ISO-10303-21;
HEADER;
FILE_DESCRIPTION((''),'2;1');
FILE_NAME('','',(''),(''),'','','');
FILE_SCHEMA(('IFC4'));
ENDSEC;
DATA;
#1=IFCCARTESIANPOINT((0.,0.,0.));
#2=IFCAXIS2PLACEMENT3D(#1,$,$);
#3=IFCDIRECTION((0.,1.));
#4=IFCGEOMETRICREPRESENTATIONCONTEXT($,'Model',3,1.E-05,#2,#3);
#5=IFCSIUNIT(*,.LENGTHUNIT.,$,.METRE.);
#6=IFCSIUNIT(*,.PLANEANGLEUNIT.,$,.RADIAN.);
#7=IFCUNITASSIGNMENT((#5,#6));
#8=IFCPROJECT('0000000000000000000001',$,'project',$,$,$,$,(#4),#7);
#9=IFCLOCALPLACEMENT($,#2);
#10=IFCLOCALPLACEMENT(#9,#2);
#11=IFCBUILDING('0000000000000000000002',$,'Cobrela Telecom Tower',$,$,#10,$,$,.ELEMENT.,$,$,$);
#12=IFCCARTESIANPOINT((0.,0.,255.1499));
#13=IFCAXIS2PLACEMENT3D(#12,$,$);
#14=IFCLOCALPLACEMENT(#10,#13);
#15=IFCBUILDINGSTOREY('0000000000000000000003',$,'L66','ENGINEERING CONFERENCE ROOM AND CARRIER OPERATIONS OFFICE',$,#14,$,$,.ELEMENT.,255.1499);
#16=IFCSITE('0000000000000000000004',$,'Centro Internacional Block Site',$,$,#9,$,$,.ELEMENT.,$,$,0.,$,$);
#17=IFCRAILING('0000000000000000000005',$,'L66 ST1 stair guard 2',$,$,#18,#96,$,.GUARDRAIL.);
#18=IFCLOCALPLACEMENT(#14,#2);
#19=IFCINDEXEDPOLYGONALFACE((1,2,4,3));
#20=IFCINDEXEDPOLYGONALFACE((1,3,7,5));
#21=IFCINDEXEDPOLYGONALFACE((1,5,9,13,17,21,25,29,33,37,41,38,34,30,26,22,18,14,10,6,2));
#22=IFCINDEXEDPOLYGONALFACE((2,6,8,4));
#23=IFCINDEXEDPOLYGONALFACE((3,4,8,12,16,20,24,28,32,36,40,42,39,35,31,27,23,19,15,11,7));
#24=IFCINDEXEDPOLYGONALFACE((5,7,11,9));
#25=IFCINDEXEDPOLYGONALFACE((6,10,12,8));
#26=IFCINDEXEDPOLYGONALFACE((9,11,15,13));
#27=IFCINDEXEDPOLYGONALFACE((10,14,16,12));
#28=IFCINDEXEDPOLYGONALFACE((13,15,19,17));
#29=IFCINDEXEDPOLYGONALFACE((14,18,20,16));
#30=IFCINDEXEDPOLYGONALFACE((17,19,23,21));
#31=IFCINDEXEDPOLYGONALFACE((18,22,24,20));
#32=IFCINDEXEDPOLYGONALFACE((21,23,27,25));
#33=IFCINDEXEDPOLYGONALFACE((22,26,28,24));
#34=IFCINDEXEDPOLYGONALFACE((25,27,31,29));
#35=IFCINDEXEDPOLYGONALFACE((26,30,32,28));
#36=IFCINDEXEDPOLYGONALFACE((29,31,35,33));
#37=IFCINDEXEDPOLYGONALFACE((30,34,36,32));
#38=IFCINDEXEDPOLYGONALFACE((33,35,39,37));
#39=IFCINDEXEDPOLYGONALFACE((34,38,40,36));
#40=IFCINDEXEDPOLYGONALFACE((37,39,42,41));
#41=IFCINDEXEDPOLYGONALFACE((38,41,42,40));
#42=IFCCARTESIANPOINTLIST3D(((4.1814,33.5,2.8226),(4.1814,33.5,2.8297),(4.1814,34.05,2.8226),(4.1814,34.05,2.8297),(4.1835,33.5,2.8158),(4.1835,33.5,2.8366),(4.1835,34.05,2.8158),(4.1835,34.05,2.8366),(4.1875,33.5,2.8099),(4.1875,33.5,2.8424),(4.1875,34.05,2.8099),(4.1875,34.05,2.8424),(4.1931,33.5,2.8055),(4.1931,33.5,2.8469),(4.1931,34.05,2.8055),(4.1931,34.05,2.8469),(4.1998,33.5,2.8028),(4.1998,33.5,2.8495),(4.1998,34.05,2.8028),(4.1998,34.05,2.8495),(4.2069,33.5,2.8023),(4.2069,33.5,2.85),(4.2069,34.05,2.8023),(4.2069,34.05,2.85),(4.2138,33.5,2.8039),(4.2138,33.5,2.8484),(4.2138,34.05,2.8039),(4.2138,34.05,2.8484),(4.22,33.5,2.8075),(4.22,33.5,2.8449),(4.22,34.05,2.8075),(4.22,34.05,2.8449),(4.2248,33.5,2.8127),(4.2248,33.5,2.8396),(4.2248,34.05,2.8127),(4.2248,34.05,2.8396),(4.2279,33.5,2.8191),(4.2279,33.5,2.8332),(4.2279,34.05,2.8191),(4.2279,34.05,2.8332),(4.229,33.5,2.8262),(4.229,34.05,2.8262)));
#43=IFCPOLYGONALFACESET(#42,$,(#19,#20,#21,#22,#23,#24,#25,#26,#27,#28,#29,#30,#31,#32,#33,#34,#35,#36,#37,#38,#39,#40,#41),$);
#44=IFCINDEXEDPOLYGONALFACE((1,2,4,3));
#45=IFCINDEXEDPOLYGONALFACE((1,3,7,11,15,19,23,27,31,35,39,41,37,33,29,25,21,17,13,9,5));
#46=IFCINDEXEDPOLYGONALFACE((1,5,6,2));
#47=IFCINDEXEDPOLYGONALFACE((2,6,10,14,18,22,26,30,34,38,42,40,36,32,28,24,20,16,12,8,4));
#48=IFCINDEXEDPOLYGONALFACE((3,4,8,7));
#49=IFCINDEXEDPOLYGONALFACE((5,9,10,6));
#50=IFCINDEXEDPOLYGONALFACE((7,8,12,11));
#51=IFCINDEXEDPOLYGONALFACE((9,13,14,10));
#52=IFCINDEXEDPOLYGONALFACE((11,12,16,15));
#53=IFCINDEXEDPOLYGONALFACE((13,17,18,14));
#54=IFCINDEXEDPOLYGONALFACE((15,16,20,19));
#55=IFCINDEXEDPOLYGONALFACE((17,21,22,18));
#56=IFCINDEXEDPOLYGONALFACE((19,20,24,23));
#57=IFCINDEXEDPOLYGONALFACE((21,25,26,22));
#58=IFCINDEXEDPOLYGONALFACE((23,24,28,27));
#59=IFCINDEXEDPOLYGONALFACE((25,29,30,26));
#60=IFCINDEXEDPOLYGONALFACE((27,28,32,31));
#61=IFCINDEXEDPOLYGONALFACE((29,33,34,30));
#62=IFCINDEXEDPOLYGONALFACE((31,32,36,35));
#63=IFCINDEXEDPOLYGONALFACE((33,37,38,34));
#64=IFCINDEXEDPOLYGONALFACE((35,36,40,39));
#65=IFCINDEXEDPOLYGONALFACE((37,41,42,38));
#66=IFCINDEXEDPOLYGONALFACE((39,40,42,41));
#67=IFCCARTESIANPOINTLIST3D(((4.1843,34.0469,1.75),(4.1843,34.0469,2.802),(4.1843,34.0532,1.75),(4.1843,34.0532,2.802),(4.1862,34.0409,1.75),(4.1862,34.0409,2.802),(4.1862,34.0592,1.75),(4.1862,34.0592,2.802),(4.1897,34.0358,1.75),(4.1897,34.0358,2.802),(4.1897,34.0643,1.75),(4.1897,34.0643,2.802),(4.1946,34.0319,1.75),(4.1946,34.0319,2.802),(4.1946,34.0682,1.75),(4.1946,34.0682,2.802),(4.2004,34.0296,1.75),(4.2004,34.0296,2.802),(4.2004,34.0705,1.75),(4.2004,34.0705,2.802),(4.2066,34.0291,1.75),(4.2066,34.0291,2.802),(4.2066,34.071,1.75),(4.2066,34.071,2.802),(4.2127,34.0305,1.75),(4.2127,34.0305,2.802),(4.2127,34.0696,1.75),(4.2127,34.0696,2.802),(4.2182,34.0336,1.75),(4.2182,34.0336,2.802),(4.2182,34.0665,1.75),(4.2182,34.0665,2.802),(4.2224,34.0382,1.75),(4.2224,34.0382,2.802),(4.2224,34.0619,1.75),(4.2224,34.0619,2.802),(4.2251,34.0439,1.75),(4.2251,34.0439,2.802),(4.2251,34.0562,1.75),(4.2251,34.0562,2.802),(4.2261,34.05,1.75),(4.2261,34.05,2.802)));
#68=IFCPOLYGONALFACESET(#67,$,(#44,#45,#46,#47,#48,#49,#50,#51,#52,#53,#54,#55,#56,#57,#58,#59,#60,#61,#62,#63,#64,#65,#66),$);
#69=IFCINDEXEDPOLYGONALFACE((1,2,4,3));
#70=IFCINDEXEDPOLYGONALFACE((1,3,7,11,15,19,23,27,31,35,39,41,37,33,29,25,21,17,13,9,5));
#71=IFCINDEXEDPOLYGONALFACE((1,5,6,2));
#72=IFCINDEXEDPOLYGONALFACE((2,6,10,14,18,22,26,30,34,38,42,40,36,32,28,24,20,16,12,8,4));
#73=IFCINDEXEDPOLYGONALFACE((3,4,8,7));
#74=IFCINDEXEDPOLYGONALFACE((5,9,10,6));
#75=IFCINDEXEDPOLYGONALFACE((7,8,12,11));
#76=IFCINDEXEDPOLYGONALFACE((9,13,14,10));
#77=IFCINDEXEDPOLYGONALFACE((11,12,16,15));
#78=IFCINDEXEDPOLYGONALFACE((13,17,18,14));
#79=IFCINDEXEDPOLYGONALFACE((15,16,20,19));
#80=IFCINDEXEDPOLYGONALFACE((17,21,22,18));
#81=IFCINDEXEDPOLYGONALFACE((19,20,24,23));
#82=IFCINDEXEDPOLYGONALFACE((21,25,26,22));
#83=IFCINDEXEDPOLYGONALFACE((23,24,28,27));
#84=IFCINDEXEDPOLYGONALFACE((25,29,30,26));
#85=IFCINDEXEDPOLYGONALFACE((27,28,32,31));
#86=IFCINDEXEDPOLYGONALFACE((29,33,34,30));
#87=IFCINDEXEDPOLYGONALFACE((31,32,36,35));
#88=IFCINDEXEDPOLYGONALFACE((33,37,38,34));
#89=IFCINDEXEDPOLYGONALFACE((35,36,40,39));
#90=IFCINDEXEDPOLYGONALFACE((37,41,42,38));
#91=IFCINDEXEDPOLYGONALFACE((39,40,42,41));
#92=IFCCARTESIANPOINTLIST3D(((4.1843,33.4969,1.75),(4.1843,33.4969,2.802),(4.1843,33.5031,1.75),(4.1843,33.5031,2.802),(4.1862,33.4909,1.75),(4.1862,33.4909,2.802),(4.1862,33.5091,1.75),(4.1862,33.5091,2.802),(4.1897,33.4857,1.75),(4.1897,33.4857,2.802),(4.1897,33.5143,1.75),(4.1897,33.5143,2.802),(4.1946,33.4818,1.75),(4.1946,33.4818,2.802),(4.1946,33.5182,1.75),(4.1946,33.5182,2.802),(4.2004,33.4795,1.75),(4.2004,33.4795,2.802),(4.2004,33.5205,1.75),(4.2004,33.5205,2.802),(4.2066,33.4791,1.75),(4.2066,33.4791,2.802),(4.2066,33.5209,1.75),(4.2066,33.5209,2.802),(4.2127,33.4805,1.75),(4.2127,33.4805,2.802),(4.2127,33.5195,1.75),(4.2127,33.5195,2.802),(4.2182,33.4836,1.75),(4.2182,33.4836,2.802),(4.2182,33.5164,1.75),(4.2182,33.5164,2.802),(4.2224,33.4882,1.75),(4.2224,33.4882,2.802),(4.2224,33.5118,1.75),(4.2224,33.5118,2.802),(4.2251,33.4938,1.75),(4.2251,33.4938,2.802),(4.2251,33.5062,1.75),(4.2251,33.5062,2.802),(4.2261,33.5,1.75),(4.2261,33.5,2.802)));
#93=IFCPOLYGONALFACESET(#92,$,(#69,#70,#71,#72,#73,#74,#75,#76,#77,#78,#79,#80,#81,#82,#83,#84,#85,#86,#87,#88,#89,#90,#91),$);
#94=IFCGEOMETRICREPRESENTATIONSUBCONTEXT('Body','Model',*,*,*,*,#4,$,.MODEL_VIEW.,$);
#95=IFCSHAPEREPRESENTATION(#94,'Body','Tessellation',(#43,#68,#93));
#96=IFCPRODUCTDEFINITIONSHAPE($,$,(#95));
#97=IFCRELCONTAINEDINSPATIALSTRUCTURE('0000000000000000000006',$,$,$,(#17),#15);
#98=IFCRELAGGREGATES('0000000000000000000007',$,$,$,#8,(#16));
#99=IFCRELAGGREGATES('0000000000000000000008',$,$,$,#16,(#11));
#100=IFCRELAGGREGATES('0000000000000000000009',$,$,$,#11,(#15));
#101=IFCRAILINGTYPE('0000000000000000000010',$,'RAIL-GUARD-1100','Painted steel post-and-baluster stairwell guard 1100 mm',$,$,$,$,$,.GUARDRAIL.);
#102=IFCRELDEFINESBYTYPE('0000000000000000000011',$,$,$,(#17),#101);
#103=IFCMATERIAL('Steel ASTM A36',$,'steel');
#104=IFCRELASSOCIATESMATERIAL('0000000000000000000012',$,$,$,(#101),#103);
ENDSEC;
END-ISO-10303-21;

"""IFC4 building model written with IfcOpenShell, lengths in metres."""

from ifc_helpers import new_model, si_unit, direction, frame, origin, origin_2d, place, context, subcontext, project, spatial, circle, extrude, material, type_object, element, save


model = new_model("IFC4")

# Units and contexts
model_context = context("Model", 3, precision=1e-05, world=origin(), true_north=direction((0.0, 1.0)))
body_context = subcontext(model_context, "Body", "Model", "MODEL_VIEW")
ifc_project = project(units=[si_unit("LENGTHUNIT", "METRE"), si_unit("PLANEANGLEUNIT", "RADIAN")], contexts=[model_context])

# Site, building, storey
site_placement = place(None, origin())
site = spatial("IfcSite", under=ifc_project, at=site_placement, Name="Centro Internacional Block Site", CompositionType="ELEMENT", RefElevation=0.0)
building_placement = place(site_placement, origin())
building = spatial("IfcBuilding", under=site, at=building_placement, Name="Cobrela Telecom Tower", CompositionType="ELEMENT")
storey_placement = place(building_placement, frame((0.0, 0.0, 255.1499)))
storey = spatial("IfcBuildingStorey", under=building, at=storey_placement, Name="L66", Description="ENGINEERING CONFERENCE ROOM AND CARRIER OPERATIONS OFFICE", CompositionType="ELEMENT", Elevation=255.1499)

# Shared definitions
ifc_material_1 = material(Name="Steel ASTM A36", Category="steel")

# Railing
railing_type_1 = type_object("IfcRailingType", Name="RAIL-GUARD-1100", Description="Painted steel post-and-baluster stairwell guard 1100 mm", PredefinedType="GUARDRAIL", material=ifc_material_1)
railing_1_placement = place(storey_placement, frame((4.2051, 34.05, 1.75)))
element("IfcRailing", 1, at=railing_1_placement, inside=storey, type_object=railing_type_1, Name="L66 ST1 stair guard 2", PredefinedType="GUARDRAIL", context=body_context, shape_type="SweptSolid", body=[
    extrude(circle(Radius=0.0239, at=origin_2d()), frame((0.0, 0.0, 1.0762), z_axis=(0.0, -1.0, 0.0), x_axis=(1.0, 0.0, 0.0)), (0.0, 0.0, 1.0), 0.55),
    extrude(circle(Radius=0.021, at=origin_2d()), origin(), (0.0, 0.0, 1.0), 1.052),
    extrude(circle(Radius=0.021, at=origin_2d()), frame((0.0, -0.55, 0.0)), (0.0, 0.0, 1.0), 1.052),
])

save(model, "model.ifc")
